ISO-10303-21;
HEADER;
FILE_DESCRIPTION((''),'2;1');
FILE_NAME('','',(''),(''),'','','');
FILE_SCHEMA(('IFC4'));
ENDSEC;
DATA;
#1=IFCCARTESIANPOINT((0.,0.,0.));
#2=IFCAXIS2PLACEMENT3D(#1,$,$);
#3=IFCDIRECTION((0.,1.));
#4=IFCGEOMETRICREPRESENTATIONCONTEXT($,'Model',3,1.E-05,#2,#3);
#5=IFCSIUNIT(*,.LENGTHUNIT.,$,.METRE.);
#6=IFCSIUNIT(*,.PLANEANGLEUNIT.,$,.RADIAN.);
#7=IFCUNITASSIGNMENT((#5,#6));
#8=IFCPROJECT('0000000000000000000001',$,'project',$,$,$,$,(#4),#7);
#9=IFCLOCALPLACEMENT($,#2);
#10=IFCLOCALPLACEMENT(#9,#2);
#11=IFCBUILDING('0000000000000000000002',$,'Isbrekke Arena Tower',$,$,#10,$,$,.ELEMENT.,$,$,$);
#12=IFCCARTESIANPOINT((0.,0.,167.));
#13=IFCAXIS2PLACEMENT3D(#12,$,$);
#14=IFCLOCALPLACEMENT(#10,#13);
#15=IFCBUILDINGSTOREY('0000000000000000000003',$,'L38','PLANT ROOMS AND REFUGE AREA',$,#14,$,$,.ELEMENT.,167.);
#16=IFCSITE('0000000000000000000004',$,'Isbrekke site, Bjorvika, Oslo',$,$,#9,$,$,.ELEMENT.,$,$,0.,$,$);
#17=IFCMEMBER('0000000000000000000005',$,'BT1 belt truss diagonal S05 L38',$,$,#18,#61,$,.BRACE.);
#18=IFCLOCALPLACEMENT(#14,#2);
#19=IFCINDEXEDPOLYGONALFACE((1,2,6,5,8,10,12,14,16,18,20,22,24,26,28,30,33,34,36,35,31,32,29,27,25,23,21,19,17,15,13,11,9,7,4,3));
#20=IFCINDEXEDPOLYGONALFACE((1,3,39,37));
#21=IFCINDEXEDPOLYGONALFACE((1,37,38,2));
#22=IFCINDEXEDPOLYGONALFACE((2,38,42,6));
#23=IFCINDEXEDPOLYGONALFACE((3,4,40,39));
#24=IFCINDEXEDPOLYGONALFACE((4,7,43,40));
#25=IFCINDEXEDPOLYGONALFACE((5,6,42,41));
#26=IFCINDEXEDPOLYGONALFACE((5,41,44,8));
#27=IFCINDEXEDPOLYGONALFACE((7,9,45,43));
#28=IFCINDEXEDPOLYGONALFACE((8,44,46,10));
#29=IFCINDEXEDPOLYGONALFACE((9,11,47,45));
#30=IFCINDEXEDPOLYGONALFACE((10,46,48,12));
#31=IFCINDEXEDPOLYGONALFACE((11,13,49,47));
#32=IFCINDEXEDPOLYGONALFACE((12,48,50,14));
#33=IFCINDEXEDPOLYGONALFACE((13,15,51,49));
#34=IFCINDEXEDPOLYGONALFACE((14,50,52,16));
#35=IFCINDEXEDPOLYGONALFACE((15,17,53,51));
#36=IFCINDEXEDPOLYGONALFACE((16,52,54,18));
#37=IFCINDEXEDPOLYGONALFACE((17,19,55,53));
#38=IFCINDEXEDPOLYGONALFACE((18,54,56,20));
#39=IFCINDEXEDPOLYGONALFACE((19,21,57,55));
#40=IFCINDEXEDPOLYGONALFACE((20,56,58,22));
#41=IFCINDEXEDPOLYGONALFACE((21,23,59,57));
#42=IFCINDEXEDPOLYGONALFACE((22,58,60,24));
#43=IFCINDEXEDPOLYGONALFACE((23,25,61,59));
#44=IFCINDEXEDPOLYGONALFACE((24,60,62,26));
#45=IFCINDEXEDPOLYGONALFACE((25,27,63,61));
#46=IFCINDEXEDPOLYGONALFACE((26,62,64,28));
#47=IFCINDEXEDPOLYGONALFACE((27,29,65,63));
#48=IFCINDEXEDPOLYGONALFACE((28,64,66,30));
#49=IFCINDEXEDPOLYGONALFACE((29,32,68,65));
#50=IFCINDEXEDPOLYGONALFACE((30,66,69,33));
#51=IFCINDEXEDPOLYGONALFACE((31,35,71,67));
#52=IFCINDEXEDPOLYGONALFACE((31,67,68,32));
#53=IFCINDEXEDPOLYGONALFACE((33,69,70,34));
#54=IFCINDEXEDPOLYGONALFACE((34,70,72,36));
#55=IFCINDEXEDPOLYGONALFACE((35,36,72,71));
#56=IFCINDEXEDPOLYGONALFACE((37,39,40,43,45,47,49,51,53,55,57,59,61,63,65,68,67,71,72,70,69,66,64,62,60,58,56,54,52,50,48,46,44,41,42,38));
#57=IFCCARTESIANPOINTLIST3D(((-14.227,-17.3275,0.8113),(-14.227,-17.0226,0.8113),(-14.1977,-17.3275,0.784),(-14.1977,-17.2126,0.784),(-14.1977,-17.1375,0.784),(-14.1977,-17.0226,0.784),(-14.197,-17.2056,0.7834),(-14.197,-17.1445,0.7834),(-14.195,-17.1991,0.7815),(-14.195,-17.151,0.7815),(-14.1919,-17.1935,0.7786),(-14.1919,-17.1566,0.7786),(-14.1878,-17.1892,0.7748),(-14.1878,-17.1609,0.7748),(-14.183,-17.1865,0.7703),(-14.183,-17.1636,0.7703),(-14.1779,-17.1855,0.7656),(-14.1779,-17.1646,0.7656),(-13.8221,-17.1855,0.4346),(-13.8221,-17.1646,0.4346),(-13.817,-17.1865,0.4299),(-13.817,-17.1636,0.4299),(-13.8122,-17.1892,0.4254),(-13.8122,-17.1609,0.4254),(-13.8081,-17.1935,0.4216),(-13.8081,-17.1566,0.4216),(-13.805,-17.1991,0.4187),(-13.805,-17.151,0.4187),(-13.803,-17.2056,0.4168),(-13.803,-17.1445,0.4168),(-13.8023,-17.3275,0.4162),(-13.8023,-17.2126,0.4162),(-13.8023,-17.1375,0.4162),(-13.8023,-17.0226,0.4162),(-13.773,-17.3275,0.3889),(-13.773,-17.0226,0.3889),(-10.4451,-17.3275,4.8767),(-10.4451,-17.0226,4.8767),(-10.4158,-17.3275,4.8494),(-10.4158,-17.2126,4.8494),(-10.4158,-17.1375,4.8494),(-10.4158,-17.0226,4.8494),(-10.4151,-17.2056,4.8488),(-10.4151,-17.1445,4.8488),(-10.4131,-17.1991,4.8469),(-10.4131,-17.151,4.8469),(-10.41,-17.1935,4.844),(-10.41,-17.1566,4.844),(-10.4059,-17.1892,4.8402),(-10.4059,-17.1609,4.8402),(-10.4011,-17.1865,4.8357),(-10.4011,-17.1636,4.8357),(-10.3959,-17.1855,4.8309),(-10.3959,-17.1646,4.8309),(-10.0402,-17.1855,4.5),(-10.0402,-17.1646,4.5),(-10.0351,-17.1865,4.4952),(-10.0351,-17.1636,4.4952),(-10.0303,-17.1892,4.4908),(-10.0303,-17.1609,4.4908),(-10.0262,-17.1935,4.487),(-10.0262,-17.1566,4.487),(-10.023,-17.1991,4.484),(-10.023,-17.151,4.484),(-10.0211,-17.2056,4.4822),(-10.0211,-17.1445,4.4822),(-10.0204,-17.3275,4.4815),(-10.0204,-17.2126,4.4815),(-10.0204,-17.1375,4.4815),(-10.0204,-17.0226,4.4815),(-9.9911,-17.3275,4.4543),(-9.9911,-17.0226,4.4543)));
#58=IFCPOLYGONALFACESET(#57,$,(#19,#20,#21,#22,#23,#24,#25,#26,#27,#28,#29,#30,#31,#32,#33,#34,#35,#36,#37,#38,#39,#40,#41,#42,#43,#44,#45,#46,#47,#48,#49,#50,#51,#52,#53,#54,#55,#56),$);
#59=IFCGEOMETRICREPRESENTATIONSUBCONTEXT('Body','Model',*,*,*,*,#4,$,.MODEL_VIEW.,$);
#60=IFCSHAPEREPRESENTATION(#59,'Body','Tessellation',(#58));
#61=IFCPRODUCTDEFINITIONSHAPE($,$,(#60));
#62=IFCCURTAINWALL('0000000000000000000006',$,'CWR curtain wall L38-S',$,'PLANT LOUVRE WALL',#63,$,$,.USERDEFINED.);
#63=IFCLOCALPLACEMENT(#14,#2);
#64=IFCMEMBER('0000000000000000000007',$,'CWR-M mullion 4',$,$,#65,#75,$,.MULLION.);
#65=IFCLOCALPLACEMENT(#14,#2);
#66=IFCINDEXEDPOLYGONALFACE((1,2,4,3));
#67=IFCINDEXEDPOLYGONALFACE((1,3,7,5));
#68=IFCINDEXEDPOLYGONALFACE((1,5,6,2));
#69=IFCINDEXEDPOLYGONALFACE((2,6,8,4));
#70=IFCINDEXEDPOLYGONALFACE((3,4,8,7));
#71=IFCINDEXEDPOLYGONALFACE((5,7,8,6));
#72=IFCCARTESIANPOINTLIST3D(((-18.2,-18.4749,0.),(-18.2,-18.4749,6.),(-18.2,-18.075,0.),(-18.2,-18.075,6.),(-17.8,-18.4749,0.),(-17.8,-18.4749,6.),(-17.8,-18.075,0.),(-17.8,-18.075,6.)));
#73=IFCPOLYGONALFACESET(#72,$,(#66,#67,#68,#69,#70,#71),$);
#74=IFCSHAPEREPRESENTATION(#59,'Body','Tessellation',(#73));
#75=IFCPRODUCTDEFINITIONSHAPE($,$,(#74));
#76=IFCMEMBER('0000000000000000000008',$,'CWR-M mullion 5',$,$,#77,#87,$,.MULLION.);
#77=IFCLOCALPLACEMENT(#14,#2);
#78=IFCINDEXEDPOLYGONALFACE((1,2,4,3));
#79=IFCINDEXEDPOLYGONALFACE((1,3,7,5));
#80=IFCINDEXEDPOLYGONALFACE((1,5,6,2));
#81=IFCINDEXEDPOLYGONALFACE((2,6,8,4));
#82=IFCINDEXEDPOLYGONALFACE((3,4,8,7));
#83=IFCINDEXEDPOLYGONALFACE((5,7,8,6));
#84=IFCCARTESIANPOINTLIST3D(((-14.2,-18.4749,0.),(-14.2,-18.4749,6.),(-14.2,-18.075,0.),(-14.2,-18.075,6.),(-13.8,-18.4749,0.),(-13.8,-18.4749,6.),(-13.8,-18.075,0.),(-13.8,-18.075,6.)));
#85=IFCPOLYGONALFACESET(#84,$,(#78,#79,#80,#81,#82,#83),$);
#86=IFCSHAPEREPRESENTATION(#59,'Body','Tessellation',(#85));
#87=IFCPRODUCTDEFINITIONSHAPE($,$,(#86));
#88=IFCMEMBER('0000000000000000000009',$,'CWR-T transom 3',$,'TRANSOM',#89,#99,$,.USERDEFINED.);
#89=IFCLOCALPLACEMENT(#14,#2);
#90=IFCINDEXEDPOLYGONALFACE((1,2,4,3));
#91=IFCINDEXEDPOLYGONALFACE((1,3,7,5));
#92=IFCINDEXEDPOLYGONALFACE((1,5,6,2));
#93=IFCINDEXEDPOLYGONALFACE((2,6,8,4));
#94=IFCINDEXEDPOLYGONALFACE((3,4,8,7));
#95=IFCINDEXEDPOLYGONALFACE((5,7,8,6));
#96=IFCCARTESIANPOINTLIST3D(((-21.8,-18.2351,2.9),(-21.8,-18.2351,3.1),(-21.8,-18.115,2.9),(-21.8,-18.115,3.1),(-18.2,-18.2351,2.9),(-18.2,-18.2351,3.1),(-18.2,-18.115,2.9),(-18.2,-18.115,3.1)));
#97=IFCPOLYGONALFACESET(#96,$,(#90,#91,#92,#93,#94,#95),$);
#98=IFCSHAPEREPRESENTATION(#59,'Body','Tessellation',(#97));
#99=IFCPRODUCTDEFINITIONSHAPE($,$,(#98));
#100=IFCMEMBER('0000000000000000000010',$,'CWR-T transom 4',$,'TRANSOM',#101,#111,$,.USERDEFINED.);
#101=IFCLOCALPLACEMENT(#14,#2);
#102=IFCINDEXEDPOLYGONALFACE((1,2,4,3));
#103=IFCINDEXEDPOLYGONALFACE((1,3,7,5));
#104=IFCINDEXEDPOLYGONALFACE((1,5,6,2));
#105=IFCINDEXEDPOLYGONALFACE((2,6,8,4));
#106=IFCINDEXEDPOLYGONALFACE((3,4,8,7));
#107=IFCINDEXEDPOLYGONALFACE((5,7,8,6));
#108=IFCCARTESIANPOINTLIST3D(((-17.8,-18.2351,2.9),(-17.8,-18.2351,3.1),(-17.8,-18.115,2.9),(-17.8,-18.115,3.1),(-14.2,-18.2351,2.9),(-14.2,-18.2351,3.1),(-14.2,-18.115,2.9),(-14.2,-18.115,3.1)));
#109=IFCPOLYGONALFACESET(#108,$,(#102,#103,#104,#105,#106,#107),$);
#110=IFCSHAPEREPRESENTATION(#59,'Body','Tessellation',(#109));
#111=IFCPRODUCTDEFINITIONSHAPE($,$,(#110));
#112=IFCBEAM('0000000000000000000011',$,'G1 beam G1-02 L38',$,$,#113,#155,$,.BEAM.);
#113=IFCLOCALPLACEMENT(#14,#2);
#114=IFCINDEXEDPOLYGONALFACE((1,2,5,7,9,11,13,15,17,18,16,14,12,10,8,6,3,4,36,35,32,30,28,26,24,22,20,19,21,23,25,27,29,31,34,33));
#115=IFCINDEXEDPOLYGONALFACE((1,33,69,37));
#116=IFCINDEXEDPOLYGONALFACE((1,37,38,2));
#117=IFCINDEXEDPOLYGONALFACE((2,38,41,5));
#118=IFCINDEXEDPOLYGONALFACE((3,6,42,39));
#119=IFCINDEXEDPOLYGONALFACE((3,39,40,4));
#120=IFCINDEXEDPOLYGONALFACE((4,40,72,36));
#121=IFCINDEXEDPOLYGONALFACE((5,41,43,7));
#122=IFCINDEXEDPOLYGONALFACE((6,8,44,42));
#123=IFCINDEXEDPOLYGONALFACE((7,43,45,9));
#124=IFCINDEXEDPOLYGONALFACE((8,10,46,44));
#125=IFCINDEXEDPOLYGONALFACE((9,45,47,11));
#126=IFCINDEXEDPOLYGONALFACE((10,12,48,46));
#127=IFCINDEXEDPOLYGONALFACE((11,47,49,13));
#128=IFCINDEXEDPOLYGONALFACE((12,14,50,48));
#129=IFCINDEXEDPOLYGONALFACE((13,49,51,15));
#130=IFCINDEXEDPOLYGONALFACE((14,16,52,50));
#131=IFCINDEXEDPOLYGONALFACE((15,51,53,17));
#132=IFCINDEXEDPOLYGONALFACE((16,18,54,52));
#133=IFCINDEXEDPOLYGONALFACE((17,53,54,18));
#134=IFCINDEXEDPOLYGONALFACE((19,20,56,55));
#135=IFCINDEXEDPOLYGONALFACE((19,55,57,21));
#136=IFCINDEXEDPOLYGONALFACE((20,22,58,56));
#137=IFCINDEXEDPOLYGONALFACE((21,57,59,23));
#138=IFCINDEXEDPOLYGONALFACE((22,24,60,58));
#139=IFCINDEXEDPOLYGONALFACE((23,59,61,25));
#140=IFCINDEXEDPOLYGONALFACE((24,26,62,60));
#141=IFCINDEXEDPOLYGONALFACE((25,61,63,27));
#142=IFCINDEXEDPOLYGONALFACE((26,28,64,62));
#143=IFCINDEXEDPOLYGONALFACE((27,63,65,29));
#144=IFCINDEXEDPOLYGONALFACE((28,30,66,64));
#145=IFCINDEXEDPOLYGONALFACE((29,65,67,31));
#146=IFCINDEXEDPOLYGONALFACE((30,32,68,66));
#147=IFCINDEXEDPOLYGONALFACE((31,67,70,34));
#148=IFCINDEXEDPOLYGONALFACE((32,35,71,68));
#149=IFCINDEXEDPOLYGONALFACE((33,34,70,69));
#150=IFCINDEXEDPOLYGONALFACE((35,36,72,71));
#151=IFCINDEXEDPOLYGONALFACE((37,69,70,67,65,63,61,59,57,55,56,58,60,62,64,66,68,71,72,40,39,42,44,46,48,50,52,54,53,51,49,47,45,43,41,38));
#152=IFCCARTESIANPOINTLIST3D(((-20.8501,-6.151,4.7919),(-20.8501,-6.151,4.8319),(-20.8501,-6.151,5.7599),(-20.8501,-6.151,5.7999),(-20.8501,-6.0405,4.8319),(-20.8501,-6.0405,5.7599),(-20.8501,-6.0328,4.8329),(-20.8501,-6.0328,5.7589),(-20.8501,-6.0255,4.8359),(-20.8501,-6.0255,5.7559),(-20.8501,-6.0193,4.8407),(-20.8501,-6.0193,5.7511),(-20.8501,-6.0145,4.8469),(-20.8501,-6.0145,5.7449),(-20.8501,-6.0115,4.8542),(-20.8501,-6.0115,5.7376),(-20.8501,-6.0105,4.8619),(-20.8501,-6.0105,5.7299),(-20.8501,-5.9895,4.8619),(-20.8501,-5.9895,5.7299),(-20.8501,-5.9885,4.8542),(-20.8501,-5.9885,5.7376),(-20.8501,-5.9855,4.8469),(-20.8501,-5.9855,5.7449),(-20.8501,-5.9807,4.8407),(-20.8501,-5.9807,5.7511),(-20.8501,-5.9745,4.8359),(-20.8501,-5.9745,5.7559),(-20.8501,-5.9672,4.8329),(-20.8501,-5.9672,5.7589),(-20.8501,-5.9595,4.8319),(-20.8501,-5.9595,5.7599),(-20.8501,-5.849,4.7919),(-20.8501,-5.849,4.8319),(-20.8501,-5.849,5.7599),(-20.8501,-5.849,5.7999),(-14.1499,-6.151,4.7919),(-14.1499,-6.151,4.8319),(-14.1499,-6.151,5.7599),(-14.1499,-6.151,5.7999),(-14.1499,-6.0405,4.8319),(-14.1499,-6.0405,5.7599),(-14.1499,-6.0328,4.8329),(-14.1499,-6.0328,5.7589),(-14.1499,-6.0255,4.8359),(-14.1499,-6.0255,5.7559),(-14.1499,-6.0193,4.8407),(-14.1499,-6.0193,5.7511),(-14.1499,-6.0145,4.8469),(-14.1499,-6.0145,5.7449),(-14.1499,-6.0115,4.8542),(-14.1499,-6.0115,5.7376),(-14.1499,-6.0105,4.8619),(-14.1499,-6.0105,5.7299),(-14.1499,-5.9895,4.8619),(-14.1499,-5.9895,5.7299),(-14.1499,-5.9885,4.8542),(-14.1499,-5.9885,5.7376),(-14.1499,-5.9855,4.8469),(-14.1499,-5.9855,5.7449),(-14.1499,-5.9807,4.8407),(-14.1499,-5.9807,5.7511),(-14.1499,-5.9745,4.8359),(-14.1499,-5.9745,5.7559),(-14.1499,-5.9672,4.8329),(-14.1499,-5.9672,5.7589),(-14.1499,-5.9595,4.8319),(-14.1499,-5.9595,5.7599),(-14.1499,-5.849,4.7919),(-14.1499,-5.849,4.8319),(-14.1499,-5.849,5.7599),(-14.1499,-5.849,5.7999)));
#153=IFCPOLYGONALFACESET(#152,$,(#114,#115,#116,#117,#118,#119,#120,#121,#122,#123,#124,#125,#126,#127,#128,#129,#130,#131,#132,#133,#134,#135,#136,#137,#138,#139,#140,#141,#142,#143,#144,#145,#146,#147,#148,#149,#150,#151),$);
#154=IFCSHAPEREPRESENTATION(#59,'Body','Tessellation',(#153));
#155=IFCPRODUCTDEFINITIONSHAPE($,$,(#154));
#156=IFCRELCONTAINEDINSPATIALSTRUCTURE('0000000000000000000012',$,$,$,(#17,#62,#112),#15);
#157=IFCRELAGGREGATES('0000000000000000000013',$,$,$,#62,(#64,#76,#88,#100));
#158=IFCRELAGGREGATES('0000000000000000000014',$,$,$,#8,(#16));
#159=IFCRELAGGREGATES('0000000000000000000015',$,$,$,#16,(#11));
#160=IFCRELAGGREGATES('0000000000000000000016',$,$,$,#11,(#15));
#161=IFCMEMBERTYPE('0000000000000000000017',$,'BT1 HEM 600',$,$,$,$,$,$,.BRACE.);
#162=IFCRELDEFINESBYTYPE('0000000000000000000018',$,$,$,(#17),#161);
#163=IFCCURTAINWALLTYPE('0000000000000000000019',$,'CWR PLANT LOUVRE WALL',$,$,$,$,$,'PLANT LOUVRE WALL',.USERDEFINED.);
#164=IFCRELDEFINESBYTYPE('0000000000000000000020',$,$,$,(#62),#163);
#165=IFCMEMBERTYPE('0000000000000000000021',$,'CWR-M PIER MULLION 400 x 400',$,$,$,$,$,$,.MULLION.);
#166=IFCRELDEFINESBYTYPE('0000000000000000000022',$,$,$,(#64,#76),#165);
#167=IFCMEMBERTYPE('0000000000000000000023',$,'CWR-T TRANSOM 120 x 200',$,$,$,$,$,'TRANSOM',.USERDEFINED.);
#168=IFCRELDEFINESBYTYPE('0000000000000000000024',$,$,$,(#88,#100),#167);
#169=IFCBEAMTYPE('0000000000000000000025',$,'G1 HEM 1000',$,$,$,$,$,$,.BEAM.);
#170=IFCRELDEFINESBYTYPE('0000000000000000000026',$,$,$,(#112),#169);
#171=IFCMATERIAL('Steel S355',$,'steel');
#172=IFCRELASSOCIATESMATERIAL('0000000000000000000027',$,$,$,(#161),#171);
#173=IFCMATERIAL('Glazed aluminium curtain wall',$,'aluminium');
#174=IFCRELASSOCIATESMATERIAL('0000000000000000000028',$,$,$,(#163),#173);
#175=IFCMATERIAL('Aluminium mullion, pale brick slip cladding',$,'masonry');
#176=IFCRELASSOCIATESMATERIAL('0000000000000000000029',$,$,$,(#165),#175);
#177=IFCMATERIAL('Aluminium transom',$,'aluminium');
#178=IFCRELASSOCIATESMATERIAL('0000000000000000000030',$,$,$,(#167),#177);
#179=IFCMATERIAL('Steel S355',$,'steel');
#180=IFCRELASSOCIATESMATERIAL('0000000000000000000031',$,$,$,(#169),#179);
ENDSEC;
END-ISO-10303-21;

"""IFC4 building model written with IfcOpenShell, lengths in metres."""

from ifc_helpers import new_model, si_unit, direction, frame, origin, origin_2d, place, context, subcontext, project, spatial, rectangle, i_section, extrude, material, material_profile, profile_set, type_object, element, aggregate, save


model = new_model("IFC4")

# Units and contexts
model_context = context("Model", 3, precision=1e-05, world=origin(), true_north=direction((0.0, 1.0)))
body_context = subcontext(model_context, "Body", "Model", "MODEL_VIEW")
ifc_project = project(units=[si_unit("LENGTHUNIT", "METRE"), si_unit("PLANEANGLEUNIT", "RADIAN")], contexts=[model_context])

# Site, building, storey
site_placement = place(None, origin())
site = spatial("IfcSite", under=ifc_project, at=site_placement, Name="Isbrekke site, Bjorvika, Oslo", CompositionType="ELEMENT", RefElevation=0.0)
building_placement = place(site_placement, origin())
building = spatial("IfcBuilding", under=site, at=building_placement, Name="Isbrekke Arena Tower", CompositionType="ELEMENT")
storey_placement = place(building_placement, frame((0.0, 0.0, 167.0)))
storey = spatial("IfcBuildingStorey", under=building, at=storey_placement, Name="L38", Description="PLANT ROOMS AND REFUGE AREA", CompositionType="ELEMENT", Elevation=167.0)

# Member
ifc_material_1 = material(Name="Steel S355", Category="steel")
ifc_material_profile_1 = material_profile(ifc_material_1, i_section(OverallWidth=0.3049, OverallDepth=0.6201, WebThickness=0.021, FlangeThickness=0.04, FilletRadius=0.0271, at=origin_2d()), Name="HEM 600")
ifc_profile_set_1 = profile_set([ifc_material_profile_1], Name="Steel S355")
member_type_1 = type_object("IfcMemberType", Name="BT1 HEM 600", PredefinedType="BRACE", material=ifc_profile_set_1)
for number, where, z_axis, x_axis, name in (
    (1, (-14.0, -17.175, 0.6001), (0.681122, 0.0, 0.73217), (0.0, 1.0, 0.0), "BT1 belt truss diagonal S05 L38"),
):
    element("IfcMember", number, at=place(storey_placement, frame(where, z_axis=z_axis, x_axis=x_axis)), inside=storey, type_object=member_type_1, Name=name, PredefinedType="BRACE", context=body_context, shape_type="SweptSolid", body=[
        extrude(i_section(OverallWidth=0.3049, OverallDepth=0.6201, WebThickness=0.021, FlangeThickness=0.04, FilletRadius=0.0271, at=origin_2d()), origin(), (0.0, 0.0, 1.0), 5.5525),
    ])

# Curtain wall, members
ifc_material_2 = material(Name="Glazed aluminium curtain wall", Category="aluminium")
curtain_wall_type = type_object("IfcCurtainWallType", Name="CWR PLANT LOUVRE WALL", ElementType="PLANT LOUVRE WALL", PredefinedType="USERDEFINED", material=ifc_material_2)
curtain_wall_placement = place(storey_placement, origin())
curtain_wall = element("IfcCurtainWall", 2, at=curtain_wall_placement, inside=storey, type_object=curtain_wall_type, Name="CWR curtain wall L38-S", ObjectType="PLANT LOUVRE WALL", PredefinedType="USERDEFINED")
ifc_material_3 = material(Name="Aluminium mullion, pale brick slip cladding", Category="masonry")
ifc_material_profile_2 = material_profile(ifc_material_3, rectangle(XDim=0.3999, YDim=0.3999, at=origin_2d()), Name="PIER 400X400")
ifc_profile_set_2 = profile_set([ifc_material_profile_2], Name="Aluminium mullion, pale brick slip cladding")
member_type_2 = type_object("IfcMemberType", Name="CWR-M PIER MULLION 400 x 400", PredefinedType="MULLION", material=ifc_profile_set_2)
member_1_placement = place(storey_placement, frame((-18.0, -18.2749, 0.0), z_axis=(0.0, 0.0, 1.0), x_axis=(1.0, 0.0, 0.0)))
member_1 = element("IfcMember", 3, at=member_1_placement, type_object=member_type_2, Name="CWR-M mullion 4", PredefinedType="MULLION", context=body_context, shape_type="SweptSolid", body=[
    extrude(rectangle(XDim=0.3999, YDim=0.3999, at=origin_2d()), origin(), (0.0, 0.0, 1.0), 6.0),
])
member_2_placement = place(storey_placement, frame((-14.0, -18.2749, 0.0), z_axis=(0.0, 0.0, 1.0), x_axis=(1.0, 0.0, 0.0)))
member_2 = element("IfcMember", 4, at=member_2_placement, type_object=member_type_2, Name="CWR-M mullion 5", PredefinedType="MULLION", context=body_context, shape_type="SweptSolid", body=[
    extrude(rectangle(XDim=0.3999, YDim=0.3999, at=origin_2d()), origin(), (0.0, 0.0, 1.0), 6.0),
])
ifc_material_4 = material(Name="Aluminium transom", Category="aluminium")
ifc_material_profile_3 = material_profile(ifc_material_4, rectangle(XDim=0.1201, YDim=0.2, at=origin_2d()), Name="TRANSOM 120X200")
ifc_profile_set_3 = profile_set([ifc_material_profile_3], Name="Aluminium transom")
member_type_3 = type_object("IfcMemberType", Name="CWR-T TRANSOM 120 x 200", ElementType="TRANSOM", PredefinedType="USERDEFINED", material=ifc_profile_set_3)
member_3_placement = place(storey_placement, frame((-21.8, -18.175, 3.0), z_axis=(1.0, 0.0, 0.0), x_axis=(0.0, 1.0, 0.0)))
member_3 = element("IfcMember", 5, at=member_3_placement, type_object=member_type_3, Name="CWR-T transom 3", ObjectType="TRANSOM", PredefinedType="USERDEFINED", context=body_context, shape_type="SweptSolid", body=[
    extrude(rectangle(XDim=0.1201, YDim=0.2, at=origin_2d()), origin(), (0.0, 0.0, 1.0), 3.6001),
])
member_4_placement = place(storey_placement, frame((-17.8, -18.175, 3.0), z_axis=(1.0, 0.0, 0.0), x_axis=(0.0, 1.0, 0.0)))
member_4 = element("IfcMember", 6, at=member_4_placement, type_object=member_type_3, Name="CWR-T transom 4", ObjectType="TRANSOM", PredefinedType="USERDEFINED", context=body_context, shape_type="SweptSolid", body=[
    extrude(rectangle(XDim=0.1201, YDim=0.2, at=origin_2d()), origin(), (0.0, 0.0, 1.0), 3.6001),
])

# Beam
ifc_material_5 = material(Name="Steel S355", Category="steel")
ifc_material_profile_4 = material_profile(ifc_material_5, i_section(OverallWidth=0.302, OverallDepth=1.0081, WebThickness=0.021, FlangeThickness=0.04, FilletRadius=0.03, at=origin_2d()), Name="HEM 1000")
ifc_profile_set_4 = profile_set([ifc_material_profile_4], Name="Steel S355")
beam_type_1 = type_object("IfcBeamType", Name="G1 HEM 1000", PredefinedType="BEAM", material=ifc_profile_set_4)
for number, where, z_axis, x_axis, name in (
    (7, (-20.8501, -6.0, 5.2959), (1.0, 0.0, 0.0), (0.0, 1.0, 0.0), "G1 beam G1-02 L38"),
):
    element("IfcBeam", number, at=place(storey_placement, frame(where, z_axis=z_axis, x_axis=x_axis)), inside=storey, type_object=beam_type_1, Name=name, PredefinedType="BEAM", context=body_context, shape_type="SweptSolid", body=[
        extrude(i_section(OverallWidth=0.302, OverallDepth=1.0081, WebThickness=0.021, FlangeThickness=0.04, FilletRadius=0.03, at=origin_2d()), origin(), (0.0, 0.0, 1.0), 6.7002),
    ])

aggregate(curtain_wall, [member_1, member_2, member_3, member_4])

save(model, "model.ifc")
